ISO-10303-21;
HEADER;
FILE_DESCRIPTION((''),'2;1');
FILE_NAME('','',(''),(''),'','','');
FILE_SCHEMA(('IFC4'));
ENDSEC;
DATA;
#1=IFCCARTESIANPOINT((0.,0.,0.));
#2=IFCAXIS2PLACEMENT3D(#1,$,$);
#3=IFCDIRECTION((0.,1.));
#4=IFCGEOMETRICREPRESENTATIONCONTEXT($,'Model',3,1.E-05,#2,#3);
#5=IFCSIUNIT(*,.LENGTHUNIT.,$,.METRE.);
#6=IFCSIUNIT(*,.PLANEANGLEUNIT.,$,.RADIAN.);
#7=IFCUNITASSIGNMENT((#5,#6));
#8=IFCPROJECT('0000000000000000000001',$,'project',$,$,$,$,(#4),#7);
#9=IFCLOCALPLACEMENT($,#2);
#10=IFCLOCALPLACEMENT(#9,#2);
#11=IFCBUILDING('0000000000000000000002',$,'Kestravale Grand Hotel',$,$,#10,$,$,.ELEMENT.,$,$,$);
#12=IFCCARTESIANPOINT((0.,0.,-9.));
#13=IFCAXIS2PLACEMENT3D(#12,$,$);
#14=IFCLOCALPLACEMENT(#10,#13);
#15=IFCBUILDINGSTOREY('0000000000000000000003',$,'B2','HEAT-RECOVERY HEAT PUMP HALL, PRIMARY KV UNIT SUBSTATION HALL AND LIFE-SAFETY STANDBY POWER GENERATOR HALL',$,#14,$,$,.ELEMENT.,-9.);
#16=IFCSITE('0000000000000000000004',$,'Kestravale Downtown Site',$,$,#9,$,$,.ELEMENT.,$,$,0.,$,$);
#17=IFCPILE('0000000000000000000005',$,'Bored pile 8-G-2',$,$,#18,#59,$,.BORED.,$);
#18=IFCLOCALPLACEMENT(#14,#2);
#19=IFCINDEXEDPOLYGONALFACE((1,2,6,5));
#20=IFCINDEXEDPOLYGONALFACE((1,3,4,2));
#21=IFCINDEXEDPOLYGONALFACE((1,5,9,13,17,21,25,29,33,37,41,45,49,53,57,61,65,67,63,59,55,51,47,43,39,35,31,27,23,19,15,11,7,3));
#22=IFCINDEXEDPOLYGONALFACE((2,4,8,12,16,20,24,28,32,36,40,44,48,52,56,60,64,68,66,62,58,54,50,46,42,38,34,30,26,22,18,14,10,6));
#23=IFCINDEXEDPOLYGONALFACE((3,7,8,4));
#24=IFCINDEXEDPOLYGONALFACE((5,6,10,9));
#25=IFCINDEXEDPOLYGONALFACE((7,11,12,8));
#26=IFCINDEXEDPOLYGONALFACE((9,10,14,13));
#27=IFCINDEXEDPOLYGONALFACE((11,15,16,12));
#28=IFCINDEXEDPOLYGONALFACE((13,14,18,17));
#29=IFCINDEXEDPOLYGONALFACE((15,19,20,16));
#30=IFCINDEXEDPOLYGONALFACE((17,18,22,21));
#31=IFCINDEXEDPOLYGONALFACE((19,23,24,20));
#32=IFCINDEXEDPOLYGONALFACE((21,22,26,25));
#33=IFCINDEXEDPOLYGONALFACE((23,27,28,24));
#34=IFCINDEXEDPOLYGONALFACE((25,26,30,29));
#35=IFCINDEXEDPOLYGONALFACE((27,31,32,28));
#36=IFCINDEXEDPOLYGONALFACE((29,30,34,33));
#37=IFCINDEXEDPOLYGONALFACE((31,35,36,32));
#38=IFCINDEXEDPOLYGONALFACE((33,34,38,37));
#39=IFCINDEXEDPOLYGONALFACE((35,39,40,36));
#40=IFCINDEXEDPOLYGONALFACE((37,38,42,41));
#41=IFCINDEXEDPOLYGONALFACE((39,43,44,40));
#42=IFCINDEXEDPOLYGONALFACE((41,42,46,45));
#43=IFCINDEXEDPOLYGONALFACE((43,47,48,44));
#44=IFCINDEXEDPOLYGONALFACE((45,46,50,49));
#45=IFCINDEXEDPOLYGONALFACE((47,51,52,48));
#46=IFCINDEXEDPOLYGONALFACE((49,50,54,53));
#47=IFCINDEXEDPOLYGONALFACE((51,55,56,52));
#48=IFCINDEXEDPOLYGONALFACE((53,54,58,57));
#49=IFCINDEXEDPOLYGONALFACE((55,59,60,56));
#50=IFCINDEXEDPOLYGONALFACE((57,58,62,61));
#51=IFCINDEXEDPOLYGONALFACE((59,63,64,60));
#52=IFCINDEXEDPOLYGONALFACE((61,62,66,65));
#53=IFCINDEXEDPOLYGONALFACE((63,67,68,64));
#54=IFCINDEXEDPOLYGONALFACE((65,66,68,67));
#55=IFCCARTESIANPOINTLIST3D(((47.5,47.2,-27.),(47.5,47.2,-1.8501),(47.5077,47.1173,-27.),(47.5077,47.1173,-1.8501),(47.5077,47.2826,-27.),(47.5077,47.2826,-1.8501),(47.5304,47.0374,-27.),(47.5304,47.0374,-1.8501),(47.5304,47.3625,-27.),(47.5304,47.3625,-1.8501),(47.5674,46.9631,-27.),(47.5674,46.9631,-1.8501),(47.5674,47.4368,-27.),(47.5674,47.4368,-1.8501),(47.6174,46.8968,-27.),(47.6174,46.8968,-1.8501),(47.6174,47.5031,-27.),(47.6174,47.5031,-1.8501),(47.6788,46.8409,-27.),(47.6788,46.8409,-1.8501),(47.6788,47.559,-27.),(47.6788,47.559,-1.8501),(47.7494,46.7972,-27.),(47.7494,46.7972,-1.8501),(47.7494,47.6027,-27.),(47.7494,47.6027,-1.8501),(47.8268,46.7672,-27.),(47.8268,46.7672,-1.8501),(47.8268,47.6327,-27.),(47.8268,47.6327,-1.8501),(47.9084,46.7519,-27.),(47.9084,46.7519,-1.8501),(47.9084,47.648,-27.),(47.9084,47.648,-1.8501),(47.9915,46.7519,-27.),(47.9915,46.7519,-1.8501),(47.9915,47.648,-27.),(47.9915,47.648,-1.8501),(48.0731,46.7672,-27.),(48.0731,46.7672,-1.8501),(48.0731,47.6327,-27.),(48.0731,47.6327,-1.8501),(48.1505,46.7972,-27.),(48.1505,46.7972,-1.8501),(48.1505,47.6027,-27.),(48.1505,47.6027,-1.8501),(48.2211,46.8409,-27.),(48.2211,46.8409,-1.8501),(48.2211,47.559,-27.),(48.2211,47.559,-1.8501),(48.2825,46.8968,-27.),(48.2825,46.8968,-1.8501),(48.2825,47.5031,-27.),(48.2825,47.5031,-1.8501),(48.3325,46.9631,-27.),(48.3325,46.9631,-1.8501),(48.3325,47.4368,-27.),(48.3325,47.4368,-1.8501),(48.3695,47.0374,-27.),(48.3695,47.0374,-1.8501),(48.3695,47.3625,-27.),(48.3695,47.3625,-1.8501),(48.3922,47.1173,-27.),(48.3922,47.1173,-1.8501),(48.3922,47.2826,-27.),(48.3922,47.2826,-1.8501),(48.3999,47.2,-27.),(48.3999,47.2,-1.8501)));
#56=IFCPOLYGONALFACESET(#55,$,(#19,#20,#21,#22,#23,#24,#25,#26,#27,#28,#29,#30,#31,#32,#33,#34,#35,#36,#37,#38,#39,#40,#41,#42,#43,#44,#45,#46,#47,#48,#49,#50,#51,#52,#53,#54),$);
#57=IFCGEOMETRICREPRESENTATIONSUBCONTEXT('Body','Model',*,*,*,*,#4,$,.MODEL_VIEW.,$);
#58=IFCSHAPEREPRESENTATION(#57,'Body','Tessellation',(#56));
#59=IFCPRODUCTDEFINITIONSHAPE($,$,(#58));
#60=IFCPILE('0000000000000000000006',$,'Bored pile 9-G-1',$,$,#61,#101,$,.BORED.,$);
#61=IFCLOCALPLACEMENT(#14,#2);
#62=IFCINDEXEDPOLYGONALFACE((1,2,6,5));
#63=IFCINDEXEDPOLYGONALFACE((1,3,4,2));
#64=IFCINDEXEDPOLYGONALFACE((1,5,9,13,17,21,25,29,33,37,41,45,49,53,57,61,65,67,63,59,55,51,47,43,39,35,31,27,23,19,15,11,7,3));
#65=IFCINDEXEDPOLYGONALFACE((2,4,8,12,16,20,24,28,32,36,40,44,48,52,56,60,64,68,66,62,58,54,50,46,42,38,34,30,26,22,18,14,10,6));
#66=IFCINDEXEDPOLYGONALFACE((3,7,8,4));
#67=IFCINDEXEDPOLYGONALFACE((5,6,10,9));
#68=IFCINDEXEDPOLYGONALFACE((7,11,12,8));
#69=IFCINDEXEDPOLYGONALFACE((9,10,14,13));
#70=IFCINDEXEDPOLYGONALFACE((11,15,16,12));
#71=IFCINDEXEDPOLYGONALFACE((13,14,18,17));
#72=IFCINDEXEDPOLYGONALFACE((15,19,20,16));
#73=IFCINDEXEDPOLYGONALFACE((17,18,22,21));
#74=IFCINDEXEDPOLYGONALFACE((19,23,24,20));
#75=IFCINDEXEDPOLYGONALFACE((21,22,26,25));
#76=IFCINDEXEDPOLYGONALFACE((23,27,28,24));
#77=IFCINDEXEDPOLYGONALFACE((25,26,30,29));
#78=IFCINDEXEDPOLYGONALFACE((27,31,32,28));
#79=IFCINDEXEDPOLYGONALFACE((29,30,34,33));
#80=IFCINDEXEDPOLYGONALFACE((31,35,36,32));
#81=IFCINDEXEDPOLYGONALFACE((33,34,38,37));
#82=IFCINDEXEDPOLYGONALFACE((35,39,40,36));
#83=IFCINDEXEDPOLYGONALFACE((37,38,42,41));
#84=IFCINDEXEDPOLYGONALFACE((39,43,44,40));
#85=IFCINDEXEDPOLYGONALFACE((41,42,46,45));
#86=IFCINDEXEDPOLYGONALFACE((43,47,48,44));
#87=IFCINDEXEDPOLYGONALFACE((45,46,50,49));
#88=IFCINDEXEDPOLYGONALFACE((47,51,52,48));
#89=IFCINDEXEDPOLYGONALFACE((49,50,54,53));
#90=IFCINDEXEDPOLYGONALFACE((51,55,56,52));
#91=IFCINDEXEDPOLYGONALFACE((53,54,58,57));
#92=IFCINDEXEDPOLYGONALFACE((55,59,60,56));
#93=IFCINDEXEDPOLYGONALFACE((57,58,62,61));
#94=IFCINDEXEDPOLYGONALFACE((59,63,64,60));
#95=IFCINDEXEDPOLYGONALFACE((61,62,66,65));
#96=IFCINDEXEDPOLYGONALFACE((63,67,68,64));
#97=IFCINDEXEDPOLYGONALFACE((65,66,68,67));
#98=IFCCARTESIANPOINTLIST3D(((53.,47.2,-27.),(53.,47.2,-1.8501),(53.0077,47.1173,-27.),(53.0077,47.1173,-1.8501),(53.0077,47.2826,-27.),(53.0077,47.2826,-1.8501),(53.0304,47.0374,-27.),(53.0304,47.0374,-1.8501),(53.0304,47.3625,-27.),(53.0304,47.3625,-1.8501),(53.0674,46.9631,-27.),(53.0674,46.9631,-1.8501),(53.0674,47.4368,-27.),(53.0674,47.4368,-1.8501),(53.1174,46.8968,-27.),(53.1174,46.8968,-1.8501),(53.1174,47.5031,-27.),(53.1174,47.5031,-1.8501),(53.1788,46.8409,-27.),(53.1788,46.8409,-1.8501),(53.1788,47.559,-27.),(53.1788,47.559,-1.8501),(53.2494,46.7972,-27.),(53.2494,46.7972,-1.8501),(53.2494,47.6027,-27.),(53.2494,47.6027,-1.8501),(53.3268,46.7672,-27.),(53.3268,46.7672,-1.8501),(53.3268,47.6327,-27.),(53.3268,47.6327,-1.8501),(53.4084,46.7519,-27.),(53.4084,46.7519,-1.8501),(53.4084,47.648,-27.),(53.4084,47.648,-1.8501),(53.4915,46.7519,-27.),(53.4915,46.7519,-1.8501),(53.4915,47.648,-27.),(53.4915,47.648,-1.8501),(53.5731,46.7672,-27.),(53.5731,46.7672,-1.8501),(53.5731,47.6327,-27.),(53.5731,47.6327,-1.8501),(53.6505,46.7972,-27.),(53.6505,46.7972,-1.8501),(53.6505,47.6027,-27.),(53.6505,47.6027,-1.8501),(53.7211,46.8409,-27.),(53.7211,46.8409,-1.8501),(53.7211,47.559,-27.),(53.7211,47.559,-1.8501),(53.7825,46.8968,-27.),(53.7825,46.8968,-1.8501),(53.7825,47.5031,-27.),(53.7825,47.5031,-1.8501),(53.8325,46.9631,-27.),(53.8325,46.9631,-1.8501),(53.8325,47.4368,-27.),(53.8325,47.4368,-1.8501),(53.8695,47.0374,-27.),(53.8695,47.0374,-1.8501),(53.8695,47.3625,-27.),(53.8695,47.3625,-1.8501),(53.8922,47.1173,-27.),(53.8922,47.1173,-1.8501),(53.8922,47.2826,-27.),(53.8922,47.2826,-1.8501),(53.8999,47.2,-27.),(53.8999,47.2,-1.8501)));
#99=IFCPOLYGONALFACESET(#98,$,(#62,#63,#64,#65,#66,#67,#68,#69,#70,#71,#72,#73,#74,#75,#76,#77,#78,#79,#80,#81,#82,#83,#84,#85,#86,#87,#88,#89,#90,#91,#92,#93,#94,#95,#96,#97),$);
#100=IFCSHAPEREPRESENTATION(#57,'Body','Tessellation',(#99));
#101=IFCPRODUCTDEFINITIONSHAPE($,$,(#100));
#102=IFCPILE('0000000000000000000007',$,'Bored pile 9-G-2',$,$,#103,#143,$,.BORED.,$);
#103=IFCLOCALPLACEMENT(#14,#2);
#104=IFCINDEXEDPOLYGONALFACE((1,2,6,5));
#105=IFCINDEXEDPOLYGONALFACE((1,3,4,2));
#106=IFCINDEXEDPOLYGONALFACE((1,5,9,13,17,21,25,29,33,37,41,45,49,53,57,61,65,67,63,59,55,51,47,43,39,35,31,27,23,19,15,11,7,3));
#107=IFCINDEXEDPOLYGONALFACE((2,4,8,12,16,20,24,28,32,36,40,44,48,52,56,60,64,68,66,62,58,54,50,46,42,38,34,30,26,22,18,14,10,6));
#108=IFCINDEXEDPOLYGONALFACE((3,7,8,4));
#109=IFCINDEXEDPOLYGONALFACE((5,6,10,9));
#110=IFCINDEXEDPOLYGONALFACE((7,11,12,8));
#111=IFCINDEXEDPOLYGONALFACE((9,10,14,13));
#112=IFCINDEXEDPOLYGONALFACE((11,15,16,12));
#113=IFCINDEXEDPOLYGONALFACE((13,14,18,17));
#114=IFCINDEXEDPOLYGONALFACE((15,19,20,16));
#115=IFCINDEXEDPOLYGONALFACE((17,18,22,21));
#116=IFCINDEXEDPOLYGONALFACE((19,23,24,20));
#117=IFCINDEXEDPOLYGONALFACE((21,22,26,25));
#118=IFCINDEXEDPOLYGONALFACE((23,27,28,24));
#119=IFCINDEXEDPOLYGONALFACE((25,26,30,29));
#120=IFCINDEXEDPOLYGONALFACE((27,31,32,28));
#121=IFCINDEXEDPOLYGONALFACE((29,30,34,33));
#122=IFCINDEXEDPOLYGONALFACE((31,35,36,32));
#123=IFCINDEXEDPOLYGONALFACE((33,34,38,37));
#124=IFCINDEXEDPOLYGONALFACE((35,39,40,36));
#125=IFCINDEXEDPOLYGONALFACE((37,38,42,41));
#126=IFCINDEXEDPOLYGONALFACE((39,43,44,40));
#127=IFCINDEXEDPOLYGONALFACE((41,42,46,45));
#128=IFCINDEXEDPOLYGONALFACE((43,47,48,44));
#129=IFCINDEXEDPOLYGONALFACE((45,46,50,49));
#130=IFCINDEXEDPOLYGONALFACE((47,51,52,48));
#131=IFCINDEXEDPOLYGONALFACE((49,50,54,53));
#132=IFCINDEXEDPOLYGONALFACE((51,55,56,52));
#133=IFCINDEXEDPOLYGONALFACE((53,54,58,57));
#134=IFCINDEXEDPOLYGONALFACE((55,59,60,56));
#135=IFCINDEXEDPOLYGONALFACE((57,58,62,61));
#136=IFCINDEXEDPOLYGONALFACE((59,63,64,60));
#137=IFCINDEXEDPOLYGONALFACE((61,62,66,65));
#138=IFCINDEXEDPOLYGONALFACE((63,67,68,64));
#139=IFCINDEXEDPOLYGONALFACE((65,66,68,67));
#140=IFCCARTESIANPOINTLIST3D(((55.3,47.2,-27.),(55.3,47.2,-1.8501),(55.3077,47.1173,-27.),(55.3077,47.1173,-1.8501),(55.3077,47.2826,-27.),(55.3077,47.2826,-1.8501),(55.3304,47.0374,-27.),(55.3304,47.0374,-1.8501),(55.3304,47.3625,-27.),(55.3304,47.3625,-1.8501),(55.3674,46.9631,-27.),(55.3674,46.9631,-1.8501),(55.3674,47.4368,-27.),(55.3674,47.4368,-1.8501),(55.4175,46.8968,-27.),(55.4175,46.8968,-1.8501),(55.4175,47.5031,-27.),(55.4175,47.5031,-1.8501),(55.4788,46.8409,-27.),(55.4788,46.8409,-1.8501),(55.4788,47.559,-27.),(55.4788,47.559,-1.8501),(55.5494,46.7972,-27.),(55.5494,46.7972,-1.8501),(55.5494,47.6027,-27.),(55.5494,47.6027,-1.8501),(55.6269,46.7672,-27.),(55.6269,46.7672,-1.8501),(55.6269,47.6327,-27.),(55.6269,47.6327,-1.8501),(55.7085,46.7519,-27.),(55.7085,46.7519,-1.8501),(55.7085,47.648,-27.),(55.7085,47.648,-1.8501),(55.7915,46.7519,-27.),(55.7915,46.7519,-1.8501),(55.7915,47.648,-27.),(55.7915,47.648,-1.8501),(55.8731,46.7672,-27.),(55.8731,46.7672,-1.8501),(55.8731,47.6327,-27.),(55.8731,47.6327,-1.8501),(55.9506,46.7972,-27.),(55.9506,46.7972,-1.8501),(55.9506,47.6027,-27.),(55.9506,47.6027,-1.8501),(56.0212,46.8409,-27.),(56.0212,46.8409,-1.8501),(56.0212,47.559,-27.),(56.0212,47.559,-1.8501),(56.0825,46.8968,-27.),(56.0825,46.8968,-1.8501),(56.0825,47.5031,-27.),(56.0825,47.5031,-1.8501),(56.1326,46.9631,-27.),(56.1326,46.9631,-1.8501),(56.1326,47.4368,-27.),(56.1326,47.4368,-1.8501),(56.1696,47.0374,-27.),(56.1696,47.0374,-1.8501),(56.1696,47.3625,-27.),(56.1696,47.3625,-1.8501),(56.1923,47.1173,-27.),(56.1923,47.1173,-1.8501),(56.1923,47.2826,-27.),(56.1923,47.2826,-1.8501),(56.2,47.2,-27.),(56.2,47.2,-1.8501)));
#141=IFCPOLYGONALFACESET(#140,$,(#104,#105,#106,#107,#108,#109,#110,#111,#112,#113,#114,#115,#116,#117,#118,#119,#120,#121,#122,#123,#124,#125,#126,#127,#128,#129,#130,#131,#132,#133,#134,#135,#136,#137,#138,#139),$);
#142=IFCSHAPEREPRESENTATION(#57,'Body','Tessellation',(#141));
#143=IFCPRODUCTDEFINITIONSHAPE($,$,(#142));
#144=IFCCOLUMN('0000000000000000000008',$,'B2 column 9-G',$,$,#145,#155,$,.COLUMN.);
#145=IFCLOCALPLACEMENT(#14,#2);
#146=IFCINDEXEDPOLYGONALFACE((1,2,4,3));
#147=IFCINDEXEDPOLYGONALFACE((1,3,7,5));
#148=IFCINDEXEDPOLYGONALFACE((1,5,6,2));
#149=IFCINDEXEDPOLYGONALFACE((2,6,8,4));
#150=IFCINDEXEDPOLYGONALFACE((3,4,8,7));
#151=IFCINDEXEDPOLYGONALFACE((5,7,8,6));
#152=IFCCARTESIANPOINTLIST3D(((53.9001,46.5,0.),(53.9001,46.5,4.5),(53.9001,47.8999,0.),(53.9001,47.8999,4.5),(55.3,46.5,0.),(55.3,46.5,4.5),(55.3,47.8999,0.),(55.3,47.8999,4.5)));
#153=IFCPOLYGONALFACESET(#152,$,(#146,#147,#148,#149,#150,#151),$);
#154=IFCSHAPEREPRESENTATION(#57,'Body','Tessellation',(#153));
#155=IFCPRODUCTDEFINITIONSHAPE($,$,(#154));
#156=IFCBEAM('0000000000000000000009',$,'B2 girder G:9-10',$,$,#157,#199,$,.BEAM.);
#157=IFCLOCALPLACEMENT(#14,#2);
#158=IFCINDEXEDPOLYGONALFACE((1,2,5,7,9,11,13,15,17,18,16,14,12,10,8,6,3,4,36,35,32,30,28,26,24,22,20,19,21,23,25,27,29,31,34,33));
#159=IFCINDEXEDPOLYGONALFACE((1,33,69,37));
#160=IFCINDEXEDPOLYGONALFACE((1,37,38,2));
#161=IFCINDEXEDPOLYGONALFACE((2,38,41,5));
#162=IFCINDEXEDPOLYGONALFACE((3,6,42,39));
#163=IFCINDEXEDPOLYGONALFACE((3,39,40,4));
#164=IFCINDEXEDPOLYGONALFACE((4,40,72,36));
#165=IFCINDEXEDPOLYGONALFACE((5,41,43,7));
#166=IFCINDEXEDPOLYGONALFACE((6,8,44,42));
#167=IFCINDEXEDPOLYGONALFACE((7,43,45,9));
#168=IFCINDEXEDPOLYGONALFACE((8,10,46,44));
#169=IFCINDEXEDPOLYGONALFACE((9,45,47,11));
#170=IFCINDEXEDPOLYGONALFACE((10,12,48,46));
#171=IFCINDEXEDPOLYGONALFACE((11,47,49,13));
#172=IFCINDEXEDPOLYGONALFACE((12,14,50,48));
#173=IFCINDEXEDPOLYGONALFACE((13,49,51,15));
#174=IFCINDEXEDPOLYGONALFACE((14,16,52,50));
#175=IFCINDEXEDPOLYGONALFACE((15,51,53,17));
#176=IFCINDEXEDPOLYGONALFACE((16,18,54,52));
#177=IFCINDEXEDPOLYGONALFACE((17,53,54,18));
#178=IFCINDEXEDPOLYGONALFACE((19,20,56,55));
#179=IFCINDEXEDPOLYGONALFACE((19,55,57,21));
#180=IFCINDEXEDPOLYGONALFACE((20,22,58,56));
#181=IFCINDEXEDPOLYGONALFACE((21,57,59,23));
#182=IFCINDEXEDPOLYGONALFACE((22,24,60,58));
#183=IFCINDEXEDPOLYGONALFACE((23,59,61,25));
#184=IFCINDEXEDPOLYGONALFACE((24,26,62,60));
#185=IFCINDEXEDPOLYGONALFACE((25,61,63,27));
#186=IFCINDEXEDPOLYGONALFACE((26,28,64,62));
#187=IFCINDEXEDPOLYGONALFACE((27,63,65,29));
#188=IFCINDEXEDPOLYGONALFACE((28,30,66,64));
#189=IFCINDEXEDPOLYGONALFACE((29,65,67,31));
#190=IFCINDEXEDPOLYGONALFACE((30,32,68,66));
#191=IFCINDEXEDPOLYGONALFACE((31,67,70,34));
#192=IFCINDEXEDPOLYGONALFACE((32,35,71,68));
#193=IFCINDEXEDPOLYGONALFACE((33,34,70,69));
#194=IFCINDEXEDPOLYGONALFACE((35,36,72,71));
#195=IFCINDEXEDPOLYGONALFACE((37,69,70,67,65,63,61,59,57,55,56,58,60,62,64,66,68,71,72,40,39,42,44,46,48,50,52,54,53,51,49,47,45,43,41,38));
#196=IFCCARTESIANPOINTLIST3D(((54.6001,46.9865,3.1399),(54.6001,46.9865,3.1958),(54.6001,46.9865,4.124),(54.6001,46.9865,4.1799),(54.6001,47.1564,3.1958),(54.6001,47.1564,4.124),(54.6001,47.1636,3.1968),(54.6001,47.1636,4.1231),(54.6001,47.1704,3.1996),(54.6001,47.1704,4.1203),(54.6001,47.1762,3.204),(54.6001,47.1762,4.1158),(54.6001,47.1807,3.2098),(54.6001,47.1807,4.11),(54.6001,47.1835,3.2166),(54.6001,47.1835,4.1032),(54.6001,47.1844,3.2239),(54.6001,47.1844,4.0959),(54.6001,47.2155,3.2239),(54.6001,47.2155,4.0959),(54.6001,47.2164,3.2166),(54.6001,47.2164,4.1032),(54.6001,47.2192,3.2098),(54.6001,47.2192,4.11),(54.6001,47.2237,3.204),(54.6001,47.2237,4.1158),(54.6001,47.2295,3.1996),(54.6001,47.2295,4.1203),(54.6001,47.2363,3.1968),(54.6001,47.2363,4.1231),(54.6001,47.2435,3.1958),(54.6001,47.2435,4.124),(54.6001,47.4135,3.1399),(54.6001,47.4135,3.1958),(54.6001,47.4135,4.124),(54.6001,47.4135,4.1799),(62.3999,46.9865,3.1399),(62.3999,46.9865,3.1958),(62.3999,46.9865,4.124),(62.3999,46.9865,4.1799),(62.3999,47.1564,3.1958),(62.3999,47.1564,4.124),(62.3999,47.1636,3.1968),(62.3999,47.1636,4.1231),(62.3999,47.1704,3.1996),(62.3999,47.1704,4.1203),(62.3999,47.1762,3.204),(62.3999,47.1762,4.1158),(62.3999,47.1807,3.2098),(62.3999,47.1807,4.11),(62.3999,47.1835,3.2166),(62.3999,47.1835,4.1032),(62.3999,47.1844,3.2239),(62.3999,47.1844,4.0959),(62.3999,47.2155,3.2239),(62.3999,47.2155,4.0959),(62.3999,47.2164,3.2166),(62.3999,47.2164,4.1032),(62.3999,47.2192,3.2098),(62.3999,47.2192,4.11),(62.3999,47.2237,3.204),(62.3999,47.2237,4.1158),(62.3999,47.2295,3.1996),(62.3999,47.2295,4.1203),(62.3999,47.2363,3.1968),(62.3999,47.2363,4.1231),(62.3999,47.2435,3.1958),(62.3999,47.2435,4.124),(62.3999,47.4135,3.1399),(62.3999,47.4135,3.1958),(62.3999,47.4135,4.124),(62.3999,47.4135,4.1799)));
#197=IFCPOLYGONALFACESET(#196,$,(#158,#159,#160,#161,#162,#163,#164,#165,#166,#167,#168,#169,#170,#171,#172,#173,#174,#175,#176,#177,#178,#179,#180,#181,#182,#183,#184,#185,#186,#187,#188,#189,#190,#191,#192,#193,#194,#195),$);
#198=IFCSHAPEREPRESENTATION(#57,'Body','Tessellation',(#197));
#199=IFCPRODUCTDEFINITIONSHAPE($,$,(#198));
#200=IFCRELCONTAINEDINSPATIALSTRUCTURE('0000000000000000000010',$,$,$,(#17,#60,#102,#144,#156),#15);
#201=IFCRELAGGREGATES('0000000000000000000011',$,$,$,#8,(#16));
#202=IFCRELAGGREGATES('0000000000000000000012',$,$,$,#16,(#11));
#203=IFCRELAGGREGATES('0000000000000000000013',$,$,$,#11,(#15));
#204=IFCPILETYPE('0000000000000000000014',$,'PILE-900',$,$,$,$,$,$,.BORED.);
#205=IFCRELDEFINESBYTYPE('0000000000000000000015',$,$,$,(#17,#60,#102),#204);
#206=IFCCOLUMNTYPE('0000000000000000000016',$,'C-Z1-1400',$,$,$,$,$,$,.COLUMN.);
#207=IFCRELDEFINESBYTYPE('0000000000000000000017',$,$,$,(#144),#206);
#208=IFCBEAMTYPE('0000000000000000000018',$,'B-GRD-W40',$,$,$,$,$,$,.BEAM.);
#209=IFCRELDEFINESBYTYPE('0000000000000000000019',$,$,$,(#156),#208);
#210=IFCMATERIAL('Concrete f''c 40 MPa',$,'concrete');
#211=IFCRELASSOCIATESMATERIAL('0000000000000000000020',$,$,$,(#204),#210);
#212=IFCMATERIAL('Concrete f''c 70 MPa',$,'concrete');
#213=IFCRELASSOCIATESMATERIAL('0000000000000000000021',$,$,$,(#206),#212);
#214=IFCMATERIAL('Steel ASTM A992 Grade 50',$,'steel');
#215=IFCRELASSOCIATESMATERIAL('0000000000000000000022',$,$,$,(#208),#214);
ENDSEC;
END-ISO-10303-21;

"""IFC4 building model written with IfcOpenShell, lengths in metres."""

from ifc_helpers import new_model, si_unit, direction, frame, origin, origin_2d, place, context, subcontext, project, spatial, rectangle, circle, i_section, extrude, material, material_profile, profile_set, type_object, element, save


model = new_model("IFC4")

# Units and contexts
model_context = context("Model", 3, precision=1e-05, world=origin(), true_north=direction((0.0, 1.0)))
body_context = subcontext(model_context, "Body", "Model", "MODEL_VIEW")
ifc_project = project(units=[si_unit("LENGTHUNIT", "METRE"), si_unit("PLANEANGLEUNIT", "RADIAN")], contexts=[model_context])

# Site, building, storey
site_placement = place(None, origin())
site = spatial("IfcSite", under=ifc_project, at=site_placement, Name="Kestravale Downtown Site", CompositionType="ELEMENT", RefElevation=0.0)
building_placement = place(site_placement, origin())
building = spatial("IfcBuilding", under=site, at=building_placement, Name="Kestravale Grand Hotel", CompositionType="ELEMENT")
storey_placement = place(building_placement, frame((0.0, 0.0, -9.0)))
storey = spatial("IfcBuildingStorey", under=building, at=storey_placement, Name="B2", Description="HEAT-RECOVERY HEAT PUMP HALL, PRIMARY KV UNIT SUBSTATION HALL AND LIFE-SAFETY STANDBY POWER GENERATOR HALL", CompositionType="ELEMENT", Elevation=-9.0)

# Piles
ifc_material_1 = material(Name="Concrete f'c 40 MPa", Category="concrete")
ifc_material_profile_1 = material_profile(ifc_material_1, circle(Radius=0.45, at=origin_2d()))
ifc_profile_set_1 = profile_set([ifc_material_profile_1], Name="Concrete f'c 40 MPa")
pile_type_1 = type_object("IfcPileType", Name="PILE-900", PredefinedType="BORED", material=ifc_profile_set_1)
for number, where, z_axis, x_axis, name in (
    (1, (47.95, 47.2, -1.8501), (0.0, 0.0, -1.0), (1.0, 0.0, 0.0), "Bored pile 8-G-2"),
    (2, (53.45, 47.2, -1.8501), (0.0, 0.0, -1.0), (1.0, 0.0, 0.0), "Bored pile 9-G-1"),
    (3, (55.75, 47.2, -1.8501), (0.0, 0.0, -1.0), (1.0, 0.0, 0.0), "Bored pile 9-G-2"),
):
    element("IfcPile", number, at=place(storey_placement, frame(where, z_axis=z_axis, x_axis=x_axis)), inside=storey, type_object=pile_type_1, Name=name, PredefinedType="BORED", context=body_context, shape_type="SweptSolid", body=[
        extrude(circle(Radius=0.45, at=origin_2d()), origin(), (0.0, 0.0, 1.0), 25.1499),
    ])

# Column
ifc_material_2 = material(Name="Concrete f'c 70 MPa", Category="concrete")
ifc_material_profile_2 = material_profile(ifc_material_2, rectangle(XDim=1.3999, YDim=1.3999, at=origin_2d()))
ifc_profile_set_2 = profile_set([ifc_material_profile_2], Name="Concrete f'c 70 MPa")
column_type = type_object("IfcColumnType", Name="C-Z1-1400", PredefinedType="COLUMN", material=ifc_profile_set_2)
column_placement = place(storey_placement, frame((54.6001, 47.2, 0.0), z_axis=(0.0, 0.0, 1.0), x_axis=(1.0, 0.0, 0.0)))
element("IfcColumn", 4, at=column_placement, inside=storey, type_object=column_type, Name="B2 column 9-G", PredefinedType="COLUMN", context=body_context, shape_type="SweptSolid", body=[
    extrude(rectangle(XDim=1.3999, YDim=1.3999, at=origin_2d()), origin(), (0.0, 0.0, 1.0), 4.5),
])

# Beam
ifc_material_3 = material(Name="Steel ASTM A992 Grade 50", Category="steel")
ifc_material_profile_3 = material_profile(ifc_material_3, i_section(OverallWidth=0.427, OverallDepth=1.04, WebThickness=0.031, FlangeThickness=0.0559, FilletRadius=0.0281, at=origin_2d()))
ifc_profile_set_3 = profile_set([ifc_material_profile_3], Name="Steel ASTM A992 Grade 50")
beam_type = type_object("IfcBeamType", Name="B-GRD-W40", PredefinedType="BEAM", material=ifc_profile_set_3)
beam_1_placement = place(storey_placement, frame((54.6001, 47.2, 3.6599), z_axis=(1.0, 0.0, 0.0), x_axis=(0.0, 1.0, 0.0)))
element("IfcBeam", 5, at=beam_1_placement, inside=storey, type_object=beam_type, Name="B2 girder G:9-10", PredefinedType="BEAM", context=body_context, shape_type="SweptSolid", body=[
    extrude(i_section(OverallWidth=0.427, OverallDepth=1.04, WebThickness=0.031, FlangeThickness=0.0559, FilletRadius=0.0281, at=origin_2d()), origin(), (0.0, 0.0, 1.0), 7.7998),
])

save(model, "model.ifc")
